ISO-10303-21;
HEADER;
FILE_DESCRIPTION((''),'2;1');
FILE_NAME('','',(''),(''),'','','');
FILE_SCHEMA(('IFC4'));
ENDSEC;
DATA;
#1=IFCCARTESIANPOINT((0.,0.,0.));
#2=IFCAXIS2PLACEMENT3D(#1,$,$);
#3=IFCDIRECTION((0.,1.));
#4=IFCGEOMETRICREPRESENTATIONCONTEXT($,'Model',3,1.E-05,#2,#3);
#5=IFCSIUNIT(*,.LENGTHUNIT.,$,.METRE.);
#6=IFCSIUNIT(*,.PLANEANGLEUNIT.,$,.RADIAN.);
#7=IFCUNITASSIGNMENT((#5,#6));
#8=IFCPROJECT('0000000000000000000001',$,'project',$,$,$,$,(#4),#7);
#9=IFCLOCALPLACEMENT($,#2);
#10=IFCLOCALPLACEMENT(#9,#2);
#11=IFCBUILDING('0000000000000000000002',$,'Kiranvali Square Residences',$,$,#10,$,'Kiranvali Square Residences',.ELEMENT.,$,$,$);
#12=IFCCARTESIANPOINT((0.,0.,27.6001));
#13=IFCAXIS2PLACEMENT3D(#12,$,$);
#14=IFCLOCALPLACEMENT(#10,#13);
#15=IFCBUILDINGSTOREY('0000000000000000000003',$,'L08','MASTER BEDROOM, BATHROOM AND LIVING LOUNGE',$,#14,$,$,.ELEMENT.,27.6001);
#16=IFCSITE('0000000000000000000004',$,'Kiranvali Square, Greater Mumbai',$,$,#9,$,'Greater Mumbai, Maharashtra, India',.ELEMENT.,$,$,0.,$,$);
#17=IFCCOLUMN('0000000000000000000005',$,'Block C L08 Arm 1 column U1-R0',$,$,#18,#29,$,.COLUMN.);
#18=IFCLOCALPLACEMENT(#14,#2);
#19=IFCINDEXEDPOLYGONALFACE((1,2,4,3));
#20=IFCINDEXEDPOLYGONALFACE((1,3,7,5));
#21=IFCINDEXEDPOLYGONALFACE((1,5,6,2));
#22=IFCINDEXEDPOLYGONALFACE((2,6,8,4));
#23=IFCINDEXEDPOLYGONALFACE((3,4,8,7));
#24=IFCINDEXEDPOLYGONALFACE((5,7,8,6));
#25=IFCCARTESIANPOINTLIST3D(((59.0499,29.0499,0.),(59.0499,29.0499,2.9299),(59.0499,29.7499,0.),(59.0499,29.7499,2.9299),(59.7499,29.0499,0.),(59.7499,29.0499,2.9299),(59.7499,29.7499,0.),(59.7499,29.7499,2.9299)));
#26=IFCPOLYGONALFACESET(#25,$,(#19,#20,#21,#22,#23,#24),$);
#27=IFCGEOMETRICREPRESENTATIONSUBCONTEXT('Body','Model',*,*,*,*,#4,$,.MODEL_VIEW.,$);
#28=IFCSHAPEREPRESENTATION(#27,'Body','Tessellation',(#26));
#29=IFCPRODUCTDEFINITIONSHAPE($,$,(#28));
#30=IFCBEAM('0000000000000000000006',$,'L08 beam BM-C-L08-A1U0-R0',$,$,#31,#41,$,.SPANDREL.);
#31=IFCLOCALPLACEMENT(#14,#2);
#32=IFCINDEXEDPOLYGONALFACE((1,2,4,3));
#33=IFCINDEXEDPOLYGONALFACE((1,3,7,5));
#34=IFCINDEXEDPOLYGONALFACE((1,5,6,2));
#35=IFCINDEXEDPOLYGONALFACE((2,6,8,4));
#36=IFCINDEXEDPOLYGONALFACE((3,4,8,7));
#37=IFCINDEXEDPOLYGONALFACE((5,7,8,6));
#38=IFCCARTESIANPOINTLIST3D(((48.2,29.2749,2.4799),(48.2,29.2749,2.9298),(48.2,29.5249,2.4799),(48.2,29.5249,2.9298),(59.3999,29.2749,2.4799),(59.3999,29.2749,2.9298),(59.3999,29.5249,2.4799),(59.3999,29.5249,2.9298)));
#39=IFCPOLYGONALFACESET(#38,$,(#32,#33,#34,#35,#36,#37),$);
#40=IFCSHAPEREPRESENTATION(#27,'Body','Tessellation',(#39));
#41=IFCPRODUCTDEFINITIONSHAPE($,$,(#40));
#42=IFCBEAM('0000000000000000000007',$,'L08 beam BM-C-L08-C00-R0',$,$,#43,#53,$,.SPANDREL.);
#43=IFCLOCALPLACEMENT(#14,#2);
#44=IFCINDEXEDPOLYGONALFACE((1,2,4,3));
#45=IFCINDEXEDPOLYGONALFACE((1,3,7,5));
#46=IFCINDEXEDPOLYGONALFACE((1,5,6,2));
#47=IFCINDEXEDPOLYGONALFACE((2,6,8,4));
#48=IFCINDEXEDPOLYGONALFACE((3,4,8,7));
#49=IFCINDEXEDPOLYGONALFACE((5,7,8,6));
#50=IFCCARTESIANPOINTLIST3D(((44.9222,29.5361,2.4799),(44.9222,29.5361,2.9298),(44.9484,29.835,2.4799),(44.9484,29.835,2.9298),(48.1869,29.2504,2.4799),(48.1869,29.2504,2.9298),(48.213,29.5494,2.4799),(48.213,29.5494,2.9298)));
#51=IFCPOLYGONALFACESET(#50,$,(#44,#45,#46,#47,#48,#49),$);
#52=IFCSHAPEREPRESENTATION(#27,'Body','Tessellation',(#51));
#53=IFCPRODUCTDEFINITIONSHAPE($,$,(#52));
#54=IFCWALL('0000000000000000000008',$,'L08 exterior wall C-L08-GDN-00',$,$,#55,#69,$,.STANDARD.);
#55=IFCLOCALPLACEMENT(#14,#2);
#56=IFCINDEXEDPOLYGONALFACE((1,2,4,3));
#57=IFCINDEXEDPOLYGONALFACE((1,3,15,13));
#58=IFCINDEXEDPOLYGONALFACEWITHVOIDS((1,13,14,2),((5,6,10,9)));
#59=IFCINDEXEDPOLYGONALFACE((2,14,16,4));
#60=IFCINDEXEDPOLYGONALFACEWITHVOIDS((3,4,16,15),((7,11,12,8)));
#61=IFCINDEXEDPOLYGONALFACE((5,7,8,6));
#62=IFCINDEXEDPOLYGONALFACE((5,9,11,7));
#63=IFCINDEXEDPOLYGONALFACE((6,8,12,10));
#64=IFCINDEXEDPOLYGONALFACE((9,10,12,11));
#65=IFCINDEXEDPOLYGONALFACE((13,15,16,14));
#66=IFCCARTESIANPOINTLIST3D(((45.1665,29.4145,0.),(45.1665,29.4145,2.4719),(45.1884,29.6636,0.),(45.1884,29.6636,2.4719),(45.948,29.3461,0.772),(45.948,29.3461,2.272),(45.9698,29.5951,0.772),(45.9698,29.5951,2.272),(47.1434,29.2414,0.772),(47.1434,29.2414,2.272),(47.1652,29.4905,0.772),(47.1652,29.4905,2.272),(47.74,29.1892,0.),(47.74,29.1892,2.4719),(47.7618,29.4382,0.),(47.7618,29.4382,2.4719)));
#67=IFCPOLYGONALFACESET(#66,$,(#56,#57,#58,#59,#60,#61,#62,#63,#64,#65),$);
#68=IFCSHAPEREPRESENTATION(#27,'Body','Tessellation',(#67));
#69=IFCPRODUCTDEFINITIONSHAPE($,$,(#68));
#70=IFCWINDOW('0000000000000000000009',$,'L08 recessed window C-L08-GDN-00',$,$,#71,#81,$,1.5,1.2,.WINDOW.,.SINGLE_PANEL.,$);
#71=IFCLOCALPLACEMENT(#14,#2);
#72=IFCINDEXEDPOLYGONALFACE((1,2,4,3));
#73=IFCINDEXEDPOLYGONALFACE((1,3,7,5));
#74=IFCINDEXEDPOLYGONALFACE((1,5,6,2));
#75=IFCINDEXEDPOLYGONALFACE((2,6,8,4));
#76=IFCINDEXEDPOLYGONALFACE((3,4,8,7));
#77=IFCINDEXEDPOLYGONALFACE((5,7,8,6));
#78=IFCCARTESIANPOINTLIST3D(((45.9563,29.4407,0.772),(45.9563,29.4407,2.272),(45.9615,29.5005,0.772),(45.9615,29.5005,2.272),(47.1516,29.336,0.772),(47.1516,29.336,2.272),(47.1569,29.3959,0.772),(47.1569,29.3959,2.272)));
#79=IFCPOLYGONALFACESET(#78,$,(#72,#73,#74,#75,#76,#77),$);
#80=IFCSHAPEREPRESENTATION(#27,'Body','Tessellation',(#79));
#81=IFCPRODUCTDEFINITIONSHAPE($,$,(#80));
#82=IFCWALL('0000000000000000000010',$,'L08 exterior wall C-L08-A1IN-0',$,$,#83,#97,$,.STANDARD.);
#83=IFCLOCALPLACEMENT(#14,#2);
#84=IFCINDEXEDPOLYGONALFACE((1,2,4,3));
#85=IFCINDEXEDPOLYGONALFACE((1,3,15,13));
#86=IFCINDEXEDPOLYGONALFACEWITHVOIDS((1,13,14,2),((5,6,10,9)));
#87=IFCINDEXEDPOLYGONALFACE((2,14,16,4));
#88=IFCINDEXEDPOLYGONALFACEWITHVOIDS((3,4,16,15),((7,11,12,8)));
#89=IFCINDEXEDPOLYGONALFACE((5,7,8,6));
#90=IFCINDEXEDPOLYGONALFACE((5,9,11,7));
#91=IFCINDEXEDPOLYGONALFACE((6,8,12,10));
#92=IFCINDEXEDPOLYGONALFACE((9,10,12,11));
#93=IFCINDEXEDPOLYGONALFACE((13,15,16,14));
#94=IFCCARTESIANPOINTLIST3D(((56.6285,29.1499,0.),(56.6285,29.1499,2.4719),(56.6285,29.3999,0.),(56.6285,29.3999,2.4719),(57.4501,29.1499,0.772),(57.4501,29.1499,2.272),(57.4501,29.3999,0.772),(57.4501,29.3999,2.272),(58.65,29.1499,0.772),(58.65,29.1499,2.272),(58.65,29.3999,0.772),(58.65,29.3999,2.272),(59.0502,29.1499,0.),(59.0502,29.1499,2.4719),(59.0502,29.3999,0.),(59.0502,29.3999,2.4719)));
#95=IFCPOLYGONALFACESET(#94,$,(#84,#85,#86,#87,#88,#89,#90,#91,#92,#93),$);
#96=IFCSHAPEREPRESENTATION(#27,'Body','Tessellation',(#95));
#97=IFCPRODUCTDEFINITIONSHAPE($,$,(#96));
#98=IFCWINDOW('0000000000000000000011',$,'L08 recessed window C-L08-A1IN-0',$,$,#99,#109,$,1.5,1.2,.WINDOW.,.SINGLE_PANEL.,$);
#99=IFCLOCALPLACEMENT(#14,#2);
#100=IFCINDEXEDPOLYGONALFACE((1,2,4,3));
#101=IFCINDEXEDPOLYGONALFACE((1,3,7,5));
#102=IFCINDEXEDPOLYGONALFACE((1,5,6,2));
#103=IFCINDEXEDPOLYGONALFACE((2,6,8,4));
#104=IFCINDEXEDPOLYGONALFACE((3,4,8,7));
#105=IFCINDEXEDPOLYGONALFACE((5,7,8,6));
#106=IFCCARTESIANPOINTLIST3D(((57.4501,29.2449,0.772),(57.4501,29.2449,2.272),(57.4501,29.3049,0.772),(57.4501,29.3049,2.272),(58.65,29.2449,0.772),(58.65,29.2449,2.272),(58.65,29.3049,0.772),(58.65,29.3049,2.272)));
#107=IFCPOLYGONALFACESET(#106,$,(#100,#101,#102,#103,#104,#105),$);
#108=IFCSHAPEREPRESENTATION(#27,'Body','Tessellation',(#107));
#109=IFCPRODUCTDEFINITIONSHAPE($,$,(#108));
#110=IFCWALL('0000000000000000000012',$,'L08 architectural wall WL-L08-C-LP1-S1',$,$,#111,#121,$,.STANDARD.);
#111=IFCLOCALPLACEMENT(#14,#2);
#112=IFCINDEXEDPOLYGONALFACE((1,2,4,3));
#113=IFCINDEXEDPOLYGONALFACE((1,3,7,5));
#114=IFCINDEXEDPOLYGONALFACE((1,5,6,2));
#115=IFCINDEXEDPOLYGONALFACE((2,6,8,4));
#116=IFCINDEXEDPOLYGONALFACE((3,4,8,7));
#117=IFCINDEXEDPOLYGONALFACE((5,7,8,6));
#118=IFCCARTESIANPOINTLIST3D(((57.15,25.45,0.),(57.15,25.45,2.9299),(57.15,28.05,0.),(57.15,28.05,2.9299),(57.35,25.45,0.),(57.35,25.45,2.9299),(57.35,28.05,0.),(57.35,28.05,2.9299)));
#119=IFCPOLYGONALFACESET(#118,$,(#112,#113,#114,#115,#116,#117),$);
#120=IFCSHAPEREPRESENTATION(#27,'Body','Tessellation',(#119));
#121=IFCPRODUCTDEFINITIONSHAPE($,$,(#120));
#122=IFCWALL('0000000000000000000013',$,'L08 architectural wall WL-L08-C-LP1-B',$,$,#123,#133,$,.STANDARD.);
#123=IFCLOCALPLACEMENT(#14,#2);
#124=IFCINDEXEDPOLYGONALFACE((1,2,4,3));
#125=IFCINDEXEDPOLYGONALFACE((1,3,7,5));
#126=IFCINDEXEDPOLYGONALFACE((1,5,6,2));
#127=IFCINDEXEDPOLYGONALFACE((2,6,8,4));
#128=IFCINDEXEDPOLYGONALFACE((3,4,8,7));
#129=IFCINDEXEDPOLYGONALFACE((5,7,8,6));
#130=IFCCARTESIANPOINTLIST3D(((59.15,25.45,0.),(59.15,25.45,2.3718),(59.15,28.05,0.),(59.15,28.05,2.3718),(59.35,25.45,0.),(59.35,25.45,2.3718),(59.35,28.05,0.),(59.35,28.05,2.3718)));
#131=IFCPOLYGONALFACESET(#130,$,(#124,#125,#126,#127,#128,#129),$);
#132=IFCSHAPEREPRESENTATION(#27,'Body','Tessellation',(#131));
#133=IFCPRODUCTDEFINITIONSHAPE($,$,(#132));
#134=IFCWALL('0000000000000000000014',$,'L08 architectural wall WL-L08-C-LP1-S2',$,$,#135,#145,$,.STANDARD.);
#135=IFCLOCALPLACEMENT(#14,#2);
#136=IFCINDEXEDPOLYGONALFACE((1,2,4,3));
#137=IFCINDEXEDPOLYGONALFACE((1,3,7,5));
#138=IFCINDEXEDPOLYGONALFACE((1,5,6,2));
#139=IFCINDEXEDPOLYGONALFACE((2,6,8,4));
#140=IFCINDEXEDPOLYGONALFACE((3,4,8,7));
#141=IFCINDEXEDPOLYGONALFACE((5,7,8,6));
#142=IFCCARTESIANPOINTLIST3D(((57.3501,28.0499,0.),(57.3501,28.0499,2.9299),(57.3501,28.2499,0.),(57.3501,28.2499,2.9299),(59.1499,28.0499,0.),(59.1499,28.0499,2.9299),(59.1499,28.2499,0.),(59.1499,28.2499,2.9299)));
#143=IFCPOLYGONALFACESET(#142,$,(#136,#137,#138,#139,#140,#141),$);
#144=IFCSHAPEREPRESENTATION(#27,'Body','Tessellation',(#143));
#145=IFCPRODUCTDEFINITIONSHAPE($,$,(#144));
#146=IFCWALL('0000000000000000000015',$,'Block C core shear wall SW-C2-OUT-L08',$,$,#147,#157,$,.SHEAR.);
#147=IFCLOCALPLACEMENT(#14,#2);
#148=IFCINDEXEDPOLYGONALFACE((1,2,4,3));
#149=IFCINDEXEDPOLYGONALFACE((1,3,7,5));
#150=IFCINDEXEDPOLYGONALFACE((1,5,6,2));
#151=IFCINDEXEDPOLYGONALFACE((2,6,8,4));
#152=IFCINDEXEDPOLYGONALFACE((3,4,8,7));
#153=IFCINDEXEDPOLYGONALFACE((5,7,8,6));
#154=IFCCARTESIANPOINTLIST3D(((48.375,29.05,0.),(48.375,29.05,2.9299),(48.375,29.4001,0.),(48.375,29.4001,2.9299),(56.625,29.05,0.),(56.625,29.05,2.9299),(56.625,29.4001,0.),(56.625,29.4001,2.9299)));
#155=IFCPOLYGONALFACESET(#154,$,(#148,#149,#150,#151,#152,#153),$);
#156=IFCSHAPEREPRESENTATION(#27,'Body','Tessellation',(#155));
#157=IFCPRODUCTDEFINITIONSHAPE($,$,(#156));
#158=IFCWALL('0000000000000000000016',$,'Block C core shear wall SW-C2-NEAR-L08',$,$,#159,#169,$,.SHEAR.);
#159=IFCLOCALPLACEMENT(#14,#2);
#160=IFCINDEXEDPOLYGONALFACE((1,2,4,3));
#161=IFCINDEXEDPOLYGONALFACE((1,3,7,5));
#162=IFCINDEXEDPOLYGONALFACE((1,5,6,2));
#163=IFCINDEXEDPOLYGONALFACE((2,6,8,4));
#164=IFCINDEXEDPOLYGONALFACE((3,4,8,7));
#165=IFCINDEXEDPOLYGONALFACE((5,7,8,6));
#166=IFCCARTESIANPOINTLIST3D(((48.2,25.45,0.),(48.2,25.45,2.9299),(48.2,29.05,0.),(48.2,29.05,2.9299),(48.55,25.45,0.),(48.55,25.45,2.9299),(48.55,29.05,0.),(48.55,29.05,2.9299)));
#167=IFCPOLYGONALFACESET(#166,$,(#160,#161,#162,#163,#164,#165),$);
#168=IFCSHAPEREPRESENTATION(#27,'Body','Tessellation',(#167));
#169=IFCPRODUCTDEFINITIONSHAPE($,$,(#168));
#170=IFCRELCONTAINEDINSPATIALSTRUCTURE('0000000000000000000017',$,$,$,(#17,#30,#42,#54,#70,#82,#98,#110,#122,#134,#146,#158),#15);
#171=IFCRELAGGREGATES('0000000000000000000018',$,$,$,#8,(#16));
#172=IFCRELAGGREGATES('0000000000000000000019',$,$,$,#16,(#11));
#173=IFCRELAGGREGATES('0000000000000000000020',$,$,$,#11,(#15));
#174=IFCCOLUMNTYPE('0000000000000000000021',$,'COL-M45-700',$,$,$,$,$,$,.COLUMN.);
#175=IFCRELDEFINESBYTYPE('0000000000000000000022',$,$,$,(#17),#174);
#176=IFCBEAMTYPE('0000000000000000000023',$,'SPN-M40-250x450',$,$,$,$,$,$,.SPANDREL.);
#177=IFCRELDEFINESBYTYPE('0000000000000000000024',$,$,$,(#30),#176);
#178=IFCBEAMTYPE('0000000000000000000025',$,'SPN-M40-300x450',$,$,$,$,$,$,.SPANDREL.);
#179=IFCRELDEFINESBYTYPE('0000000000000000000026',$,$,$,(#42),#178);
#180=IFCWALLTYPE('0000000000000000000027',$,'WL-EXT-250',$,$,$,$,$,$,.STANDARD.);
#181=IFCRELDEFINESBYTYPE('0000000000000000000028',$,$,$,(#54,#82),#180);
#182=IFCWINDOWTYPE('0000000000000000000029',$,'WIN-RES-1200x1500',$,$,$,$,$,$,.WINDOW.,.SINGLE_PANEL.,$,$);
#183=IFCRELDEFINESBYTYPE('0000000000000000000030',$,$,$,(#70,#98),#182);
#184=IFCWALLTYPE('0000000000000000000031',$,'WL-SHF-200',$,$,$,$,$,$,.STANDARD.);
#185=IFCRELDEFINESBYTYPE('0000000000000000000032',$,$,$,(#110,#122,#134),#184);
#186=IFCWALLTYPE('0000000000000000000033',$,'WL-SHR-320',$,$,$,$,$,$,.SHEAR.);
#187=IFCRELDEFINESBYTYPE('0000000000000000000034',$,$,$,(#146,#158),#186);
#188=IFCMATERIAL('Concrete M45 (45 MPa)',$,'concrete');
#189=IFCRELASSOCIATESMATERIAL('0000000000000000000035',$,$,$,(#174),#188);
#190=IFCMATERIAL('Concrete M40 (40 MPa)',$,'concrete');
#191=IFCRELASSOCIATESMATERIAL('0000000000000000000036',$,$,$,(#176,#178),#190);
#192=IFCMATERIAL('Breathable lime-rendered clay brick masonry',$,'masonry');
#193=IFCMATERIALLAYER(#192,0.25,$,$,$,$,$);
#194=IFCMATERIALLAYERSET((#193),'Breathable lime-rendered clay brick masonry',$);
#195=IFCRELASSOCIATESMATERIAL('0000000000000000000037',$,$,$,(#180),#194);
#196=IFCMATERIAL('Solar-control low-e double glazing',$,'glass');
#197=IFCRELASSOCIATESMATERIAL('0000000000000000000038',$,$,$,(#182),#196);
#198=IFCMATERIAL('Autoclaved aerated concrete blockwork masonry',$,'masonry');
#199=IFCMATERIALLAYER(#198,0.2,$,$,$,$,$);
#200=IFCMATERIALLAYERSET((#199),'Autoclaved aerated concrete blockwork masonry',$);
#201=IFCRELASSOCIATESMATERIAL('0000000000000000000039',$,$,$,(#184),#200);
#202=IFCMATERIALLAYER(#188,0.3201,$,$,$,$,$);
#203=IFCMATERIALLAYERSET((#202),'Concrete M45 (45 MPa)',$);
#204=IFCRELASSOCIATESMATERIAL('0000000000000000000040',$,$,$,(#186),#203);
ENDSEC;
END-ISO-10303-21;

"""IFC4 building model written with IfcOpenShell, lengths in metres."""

from ifc_helpers import new_model, si_unit, direction, frame, frame_2d, origin, origin_2d, place, context, subcontext, project, spatial, rectangle, extrude, material, layer, layer_set, material_profile, profile_set, type_object, element, fill, save


model = new_model("IFC4")

# Units and contexts
model_context = context("Model", 3, precision=1e-05, world=origin(), true_north=direction((0.0, 1.0)))
body_context = subcontext(model_context, "Body", "Model", "MODEL_VIEW")
ifc_project = project(units=[si_unit("LENGTHUNIT", "METRE"), si_unit("PLANEANGLEUNIT", "RADIAN")], contexts=[model_context])

# Site, building, storey
site_placement = place(None, origin())
site = spatial("IfcSite", under=ifc_project, at=site_placement, Name="Kiranvali Square, Greater Mumbai", LongName="Greater Mumbai, Maharashtra, India", CompositionType="ELEMENT", RefElevation=0.0)
building_placement = place(site_placement, origin())
building = spatial("IfcBuilding", under=site, at=building_placement, Name="Kiranvali Square Residences", LongName="Kiranvali Square Residences", CompositionType="ELEMENT")
storey_placement = place(building_placement, frame((0.0, 0.0, 27.6001)))
storey = spatial("IfcBuildingStorey", under=building, at=storey_placement, Name="L08", Description="MASTER BEDROOM, BATHROOM AND LIVING LOUNGE", CompositionType="ELEMENT", Elevation=27.6001)

# Column
ifc_material_1 = material(Name="Concrete M45 (45 MPa)", Category="concrete")
ifc_material_profile_1 = material_profile(ifc_material_1, rectangle(XDim=0.7, YDim=0.7, at=origin_2d()), Name="RC 700x700")
ifc_profile_set_1 = profile_set([ifc_material_profile_1], Name="Concrete M45 (45 MPa)")
column_type = type_object("IfcColumnType", Name="COL-M45-700", PredefinedType="COLUMN", material=ifc_profile_set_1)
column_placement = place(storey_placement, frame((59.3999, 29.3999, 0.0), z_axis=(0.0, 0.0, 1.0), x_axis=(1.0, 0.0, 0.0)))
element("IfcColumn", 1, at=column_placement, inside=storey, type_object=column_type, Name="Block C L08 Arm 1 column U1-R0", PredefinedType="COLUMN", context=body_context, shape_type="SweptSolid", body=[
    extrude(rectangle(XDim=0.7, YDim=0.7, at=origin_2d()), origin(), (0.0, 0.0, 1.0), 2.9299),
])

# Beams
ifc_material_2 = material(Name="Concrete M40 (40 MPa)", Category="concrete")
ifc_material_profile_2 = material_profile(ifc_material_2, rectangle(XDim=0.25, YDim=0.45, at=origin_2d()), Name="RC 250x450")
ifc_profile_set_2 = profile_set([ifc_material_profile_2], Name="Concrete M40 (40 MPa)")
beam_type_1 = type_object("IfcBeamType", Name="SPN-M40-250x450", PredefinedType="SPANDREL", material=ifc_profile_set_2)
beam_1_placement = place(storey_placement, frame((48.2, 29.3999, 2.7048), z_axis=(1.0, 0.0, 0.0), x_axis=(0.0, 1.0, 0.0)))
element("IfcBeam", 2, at=beam_1_placement, inside=storey, type_object=beam_type_1, Name="L08 beam BM-C-L08-A1U0-R0", PredefinedType="SPANDREL", context=body_context, shape_type="SweptSolid", body=[
    extrude(rectangle(XDim=0.25, YDim=0.45, at=origin_2d()), origin(), (0.0, 0.0, 1.0), 11.2),
])
ifc_material_profile_3 = material_profile(ifc_material_2, rectangle(XDim=0.3, YDim=0.45, at=origin_2d()), Name="RC 300x450")
ifc_profile_set_3 = profile_set([ifc_material_profile_3], Name="Concrete M40 (40 MPa)")
beam_type_2 = type_object("IfcBeamType", Name="SPN-M40-300x450", PredefinedType="SPANDREL", material=ifc_profile_set_3)
beam_2_placement = place(storey_placement, frame((48.2, 29.3999, 2.7048), z_axis=(-0.996194, 0.087163, 0.0), x_axis=(-0.087163, -0.996194, 0.0)))
element("IfcBeam", 3, at=beam_2_placement, inside=storey, type_object=beam_type_2, Name="L08 beam BM-C-L08-C00-R0", PredefinedType="SPANDREL", context=body_context, shape_type="SweptSolid", body=[
    extrude(rectangle(XDim=0.3, YDim=0.45, at=origin_2d()), origin(), (0.0, 0.0, 1.0), 3.2771),
])

# Walls, openings, windows
ifc_material_3 = material(Name="Breathable lime-rendered clay brick masonry", Category="masonry")
ifc_layer_1 = layer(ifc_material_3, 0.25)
ifc_layer_set_1 = layer_set([ifc_layer_1], Name="Breathable lime-rendered clay brick masonry")
wall_type_1 = type_object("IfcWallType", Name="WL-EXT-250", PredefinedType="STANDARD", material=ifc_layer_set_1)
wall_1_placement = place(storey_placement, frame((47.7507, 29.3137, 0.0), z_axis=(0.0, 0.0, 1.0), x_axis=(-0.996188, 0.087229, 0.0)))
wall_1 = element("IfcWall", 4, at=wall_1_placement, inside=storey, type_object=wall_type_1, Name="L08 exterior wall C-L08-GDN-00", PredefinedType="STANDARD", context=body_context, shape_type="SweptSolid", body=[
    extrude(rectangle(XDim=2.5833, YDim=0.25, at=frame_2d((1.2915, 0.0))), origin(), (0.0, 0.0, 1.0), 2.4719),
])
opening_1_placement = place(wall_1_placement, frame((0.5986, 0.0, 0.772)))
opening_1 = element("IfcOpeningElement", 5, at=opening_1_placement, cuts=wall_1, PredefinedType="OPENING", context=body_context, shape_type="SweptSolid", body=[
    extrude(rectangle(XDim=1.2, YDim=1.5, at=frame_2d((0.6001, 0.75))), frame((0.0, 0.135, 0.0), z_axis=(0.0, -1.0, 0.0), x_axis=(1.0, 0.0, 0.0)), (0.0, 0.0, 1.0), 0.27),
])
ifc_material_4 = material(Name="Solar-control low-e double glazing", Category="glass")
window_type = type_object("IfcWindowType", Name="WIN-RES-1200x1500", PartitioningType="SINGLE_PANEL", PredefinedType="WINDOW", material=ifc_material_4)
window_1_placement = place(opening_1_placement, origin())
window_1 = element("IfcWindow", 6, at=window_1_placement, inside=storey, type_object=window_type, Name="L08 recessed window C-L08-GDN-00", OverallHeight=1.5, OverallWidth=1.2, PartitioningType="SINGLE_PANEL", PredefinedType="WINDOW", context=body_context, shape_type="SweptSolid", body=[
    extrude(rectangle(XDim=1.2, YDim=1.5, at=frame_2d((0.6001, 0.75))), frame((0.0, 0.03, 0.0), z_axis=(0.0, -1.0, 0.0), x_axis=(1.0, 0.0, 0.0)), (0.0, 0.0, 1.0), 0.0601),
])
fill(opening_1, window_1)
wall_2_placement = place(storey_placement, frame((56.6284, 29.2749, 0.0), z_axis=(0.0, 0.0, 1.0), x_axis=(1.0, 0.0, 0.0)))
wall_2 = element("IfcWall", 7, at=wall_2_placement, inside=storey, type_object=wall_type_1, Name="L08 exterior wall C-L08-A1IN-0", PredefinedType="STANDARD", context=body_context, shape_type="SweptSolid", body=[
    extrude(rectangle(XDim=2.4216, YDim=0.25, at=frame_2d((1.2109, 0.0))), origin(), (0.0, 0.0, 1.0), 2.4719),
])
opening_2_placement = place(wall_2_placement, frame((0.8215, 0.0, 0.772)))
opening_2 = element("IfcOpeningElement", 8, at=opening_2_placement, cuts=wall_2, PredefinedType="OPENING", context=body_context, shape_type="SweptSolid", body=[
    extrude(rectangle(XDim=1.2, YDim=1.5, at=frame_2d((0.6001, 0.75))), frame((0.0, 0.135, 0.0), z_axis=(0.0, -1.0, 0.0), x_axis=(1.0, 0.0, 0.0)), (0.0, 0.0, 1.0), 0.27),
])
window_2_placement = place(opening_2_placement, origin())
window_2 = element("IfcWindow", 9, at=window_2_placement, inside=storey, type_object=window_type, Name="L08 recessed window C-L08-A1IN-0", OverallHeight=1.5, OverallWidth=1.2, PartitioningType="SINGLE_PANEL", PredefinedType="WINDOW", context=body_context, shape_type="SweptSolid", body=[
    extrude(rectangle(XDim=1.2, YDim=1.5, at=frame_2d((0.6001, 0.75))), frame((0.0, 0.03, 0.0), z_axis=(0.0, -1.0, 0.0), x_axis=(1.0, 0.0, 0.0)), (0.0, 0.0, 1.0), 0.0601),
])
fill(opening_2, window_2)

# Walls
ifc_material_5 = material(Name="Autoclaved aerated concrete blockwork masonry", Category="masonry")
ifc_layer_2 = layer(ifc_material_5, 0.2)
ifc_layer_set_2 = layer_set([ifc_layer_2], Name="Autoclaved aerated concrete blockwork masonry")
wall_type_2 = type_object("IfcWallType", Name="WL-SHF-200", PredefinedType="STANDARD", material=ifc_layer_set_2)
wall_3_placement = place(storey_placement, frame((57.25, 28.05, 0.0), z_axis=(0.0, 0.0, 1.0), x_axis=(0.0, -1.0, 0.0)))
element("IfcWall", 10, at=wall_3_placement, inside=storey, type_object=wall_type_2, Name="L08 architectural wall WL-L08-C-LP1-S1", PredefinedType="STANDARD", context=body_context, shape_type="SweptSolid", body=[
    extrude(rectangle(XDim=2.6001, YDim=0.2, at=frame_2d((1.3, 0.0))), origin(), (0.0, 0.0, 1.0), 2.9299),
])
wall_4_placement = place(storey_placement, frame((59.25, 28.05, 0.0), z_axis=(0.0, 0.0, 1.0), x_axis=(0.0, -1.0, 0.0)))
element("IfcWall", 11, at=wall_4_placement, inside=storey, type_object=wall_type_2, Name="L08 architectural wall WL-L08-C-LP1-B", PredefinedType="STANDARD", context=body_context, shape_type="SweptSolid", body=[
    extrude(rectangle(XDim=2.6001, YDim=0.2, at=frame_2d((1.3, 0.0))), origin(), (0.0, 0.0, 1.0), 2.3718),
])
wall_5_placement = place(storey_placement, frame((57.3501, 28.1499, 0.0), z_axis=(0.0, 0.0, 1.0), x_axis=(1.0, 0.0, 0.0)))
element("IfcWall", 12, at=wall_5_placement, inside=storey, type_object=wall_type_2, Name="L08 architectural wall WL-L08-C-LP1-S2", PredefinedType="STANDARD", context=body_context, shape_type="SweptSolid", body=[
    extrude(rectangle(XDim=1.7998, YDim=0.2, at=frame_2d((0.8999, 0.0))), origin(), (0.0, 0.0, 1.0), 2.9299),
])
ifc_layer_3 = layer(ifc_material_1, 0.3201)
ifc_layer_set_3 = layer_set([ifc_layer_3], Name="Concrete M45 (45 MPa)")
wall_type_3 = type_object("IfcWallType", Name="WL-SHR-320", PredefinedType="SHEAR", material=ifc_layer_set_3)
wall_6_placement = place(storey_placement, frame((48.375, 29.2251, 0.0), z_axis=(0.0, 0.0, 1.0), x_axis=(1.0, 0.0, 0.0)))
element("IfcWall", 13, at=wall_6_placement, inside=storey, type_object=wall_type_3, Name="Block C core shear wall SW-C2-OUT-L08", PredefinedType="SHEAR", context=body_context, shape_type="SweptSolid", body=[
    extrude(rectangle(XDim=8.25, YDim=0.3501, at=frame_2d((4.125, 0.0))), origin(), (0.0, 0.0, 1.0), 2.9299),
])
for number, where, z_axis, x_axis, name in (
    (14, (48.375, 29.05, 0.0), (0.0, 0.0, 1.0), (0.0, -1.0, 0.0), "Block C core shear wall SW-C2-NEAR-L08"),
):
    element("IfcWall", number, at=place(storey_placement, frame(where, z_axis=z_axis, x_axis=x_axis)), inside=storey, type_object=wall_type_3, Name=name, PredefinedType="SHEAR", context=body_context, shape_type="SweptSolid", body=[
        extrude(rectangle(XDim=3.6001, YDim=0.3501, at=frame_2d((1.8, 0.0))), origin(), (0.0, 0.0, 1.0), 2.9299),
    ])

save(model, "model.ifc")
